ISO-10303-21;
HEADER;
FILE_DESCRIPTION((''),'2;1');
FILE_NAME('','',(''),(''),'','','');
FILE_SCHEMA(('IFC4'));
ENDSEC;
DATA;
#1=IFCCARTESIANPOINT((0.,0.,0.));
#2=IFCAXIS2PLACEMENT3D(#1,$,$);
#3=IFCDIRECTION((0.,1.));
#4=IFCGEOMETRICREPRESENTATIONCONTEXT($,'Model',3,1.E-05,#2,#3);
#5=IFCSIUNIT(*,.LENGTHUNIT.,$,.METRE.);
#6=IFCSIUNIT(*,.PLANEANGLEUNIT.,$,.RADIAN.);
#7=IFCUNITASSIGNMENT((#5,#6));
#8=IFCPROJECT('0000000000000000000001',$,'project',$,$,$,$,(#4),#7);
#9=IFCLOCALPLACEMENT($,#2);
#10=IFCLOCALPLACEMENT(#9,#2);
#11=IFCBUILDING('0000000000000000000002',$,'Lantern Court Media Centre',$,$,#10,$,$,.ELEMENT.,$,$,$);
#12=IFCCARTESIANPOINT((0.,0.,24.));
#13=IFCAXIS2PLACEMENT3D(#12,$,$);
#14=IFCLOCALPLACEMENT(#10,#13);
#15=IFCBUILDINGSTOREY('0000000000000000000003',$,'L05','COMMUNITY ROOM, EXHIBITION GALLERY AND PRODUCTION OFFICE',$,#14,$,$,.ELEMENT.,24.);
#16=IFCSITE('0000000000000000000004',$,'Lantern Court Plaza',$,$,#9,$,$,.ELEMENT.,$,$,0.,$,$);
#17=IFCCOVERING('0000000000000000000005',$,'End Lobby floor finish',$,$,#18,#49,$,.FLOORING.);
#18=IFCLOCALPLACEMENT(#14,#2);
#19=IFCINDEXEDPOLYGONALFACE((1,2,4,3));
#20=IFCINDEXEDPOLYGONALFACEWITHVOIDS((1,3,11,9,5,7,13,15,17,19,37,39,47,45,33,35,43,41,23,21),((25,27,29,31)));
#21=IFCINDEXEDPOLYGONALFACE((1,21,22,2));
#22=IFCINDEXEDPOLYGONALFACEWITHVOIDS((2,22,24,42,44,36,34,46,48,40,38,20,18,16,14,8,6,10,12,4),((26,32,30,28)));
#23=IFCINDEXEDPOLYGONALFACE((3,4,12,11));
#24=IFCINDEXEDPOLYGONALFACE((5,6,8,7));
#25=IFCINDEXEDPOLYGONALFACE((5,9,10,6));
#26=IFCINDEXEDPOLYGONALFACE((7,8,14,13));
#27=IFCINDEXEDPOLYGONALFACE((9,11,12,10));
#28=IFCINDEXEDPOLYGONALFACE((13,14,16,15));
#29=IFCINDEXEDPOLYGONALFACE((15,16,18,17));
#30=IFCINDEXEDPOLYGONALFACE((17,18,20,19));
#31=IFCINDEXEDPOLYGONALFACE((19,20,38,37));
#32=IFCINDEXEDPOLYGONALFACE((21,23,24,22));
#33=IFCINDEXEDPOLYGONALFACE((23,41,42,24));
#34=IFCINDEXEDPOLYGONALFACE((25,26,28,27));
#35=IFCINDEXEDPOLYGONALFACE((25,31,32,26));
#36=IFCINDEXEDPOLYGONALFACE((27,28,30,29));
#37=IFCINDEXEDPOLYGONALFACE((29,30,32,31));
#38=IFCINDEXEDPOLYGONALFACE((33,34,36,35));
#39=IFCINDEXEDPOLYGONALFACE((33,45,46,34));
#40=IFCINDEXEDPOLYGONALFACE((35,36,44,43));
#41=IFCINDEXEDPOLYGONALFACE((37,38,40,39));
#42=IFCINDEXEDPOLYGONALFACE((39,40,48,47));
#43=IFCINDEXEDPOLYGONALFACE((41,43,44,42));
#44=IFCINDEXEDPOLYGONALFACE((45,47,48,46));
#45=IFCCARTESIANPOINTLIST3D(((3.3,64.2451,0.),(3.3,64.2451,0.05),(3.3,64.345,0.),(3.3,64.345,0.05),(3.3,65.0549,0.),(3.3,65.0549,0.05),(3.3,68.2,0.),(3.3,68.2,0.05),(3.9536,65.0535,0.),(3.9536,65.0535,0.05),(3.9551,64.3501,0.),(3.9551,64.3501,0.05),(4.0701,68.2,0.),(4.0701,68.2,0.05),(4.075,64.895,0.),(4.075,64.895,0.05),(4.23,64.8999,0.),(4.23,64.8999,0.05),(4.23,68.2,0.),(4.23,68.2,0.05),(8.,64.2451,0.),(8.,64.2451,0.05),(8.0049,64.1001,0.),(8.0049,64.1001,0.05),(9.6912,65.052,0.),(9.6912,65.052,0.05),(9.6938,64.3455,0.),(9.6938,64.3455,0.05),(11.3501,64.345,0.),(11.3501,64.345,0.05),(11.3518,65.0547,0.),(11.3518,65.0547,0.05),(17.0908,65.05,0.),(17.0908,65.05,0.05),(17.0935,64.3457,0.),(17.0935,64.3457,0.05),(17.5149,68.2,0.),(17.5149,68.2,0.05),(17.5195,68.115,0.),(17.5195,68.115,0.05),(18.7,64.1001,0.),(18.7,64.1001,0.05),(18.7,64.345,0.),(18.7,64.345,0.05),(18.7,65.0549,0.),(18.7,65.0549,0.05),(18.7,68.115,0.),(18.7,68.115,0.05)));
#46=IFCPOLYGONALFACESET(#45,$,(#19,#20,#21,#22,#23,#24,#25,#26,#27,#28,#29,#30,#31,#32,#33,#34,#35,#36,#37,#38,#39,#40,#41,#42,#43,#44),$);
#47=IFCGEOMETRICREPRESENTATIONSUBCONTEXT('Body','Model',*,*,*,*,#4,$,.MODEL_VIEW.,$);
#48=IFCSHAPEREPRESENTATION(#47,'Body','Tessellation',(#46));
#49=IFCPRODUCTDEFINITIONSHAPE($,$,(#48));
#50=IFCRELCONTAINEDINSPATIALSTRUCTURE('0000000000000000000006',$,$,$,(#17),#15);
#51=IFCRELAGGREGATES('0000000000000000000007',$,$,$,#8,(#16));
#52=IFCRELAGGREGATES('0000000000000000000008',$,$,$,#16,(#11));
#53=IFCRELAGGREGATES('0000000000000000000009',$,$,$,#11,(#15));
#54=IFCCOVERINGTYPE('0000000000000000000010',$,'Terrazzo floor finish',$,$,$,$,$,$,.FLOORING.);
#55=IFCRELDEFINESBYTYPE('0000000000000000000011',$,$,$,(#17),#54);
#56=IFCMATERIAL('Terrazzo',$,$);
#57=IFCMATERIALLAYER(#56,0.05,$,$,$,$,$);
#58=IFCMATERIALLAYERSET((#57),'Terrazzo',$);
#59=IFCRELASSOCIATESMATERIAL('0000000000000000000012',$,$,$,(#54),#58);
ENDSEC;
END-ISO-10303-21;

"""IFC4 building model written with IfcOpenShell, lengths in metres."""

from ifc_helpers import new_model, si_unit, direction, frame, origin, place, context, subcontext, project, spatial, polyline, outline, extrude, material, layer, layer_set, type_object, element, save


model = new_model("IFC4")

# Units and contexts
model_context = context("Model", 3, precision=1e-05, world=origin(), true_north=direction((0.0, 1.0)))
body_context = subcontext(model_context, "Body", "Model", "MODEL_VIEW")
ifc_project = project(units=[si_unit("LENGTHUNIT", "METRE"), si_unit("PLANEANGLEUNIT", "RADIAN")], contexts=[model_context])

# Site, building, storey
site_placement = place(None, origin())
site = spatial("IfcSite", under=ifc_project, at=site_placement, Name="Lantern Court Plaza", CompositionType="ELEMENT", RefElevation=0.0)
building_placement = place(site_placement, origin())
building = spatial("IfcBuilding", under=site, at=building_placement, Name="Lantern Court Media Centre", CompositionType="ELEMENT")
storey_placement = place(building_placement, frame((0.0, 0.0, 24.0)))
storey = spatial("IfcBuildingStorey", under=building, at=storey_placement, Name="L05", Description="COMMUNITY ROOM, EXHIBITION GALLERY AND PRODUCTION OFFICE", CompositionType="ELEMENT", Elevation=24.0)

# Covering
ifc_material_1 = material(Name="Terrazzo")
ifc_layer_1 = layer(ifc_material_1, 0.05)
ifc_layer_set_1 = layer_set([ifc_layer_1], Name="Terrazzo")
covering_type_1 = type_object("IfcCoveringType", Name="Terrazzo floor finish", PredefinedType="FLOORING", material=ifc_layer_set_1)
covering_1_placement = place(storey_placement, origin())
element("IfcCovering", 1, at=covering_1_placement, inside=storey, type_object=covering_type_1, Name="End Lobby floor finish", PredefinedType="FLOORING", context=body_context, shape_type="SweptSolid", body=[
    extrude(outline(polyline([(18.7, 64.1001), (8.0049, 64.1001), (8.0, 64.2451), (3.3, 64.2451), (3.3, 64.345), (3.9551, 64.3501), (3.9536, 65.0535), (3.3, 65.0549), (3.3, 68.2), (4.0701, 68.2), (4.075, 64.895), (4.23, 64.8999), (4.23, 68.2), (17.5149, 68.2), (17.5195, 68.115), (18.7, 68.115), (18.7, 65.0549), (17.0908, 65.05), (17.0935, 64.3457), (18.7, 64.345), (18.7, 64.1001)]), holes=[polyline([(11.3501, 64.345), (11.3518, 65.0547), (9.6912, 65.052), (9.6938, 64.3455), (11.3501, 64.345)])]), origin(), (0.0, 0.0, 1.0), 0.05),
])

save(model, "model.ifc")
